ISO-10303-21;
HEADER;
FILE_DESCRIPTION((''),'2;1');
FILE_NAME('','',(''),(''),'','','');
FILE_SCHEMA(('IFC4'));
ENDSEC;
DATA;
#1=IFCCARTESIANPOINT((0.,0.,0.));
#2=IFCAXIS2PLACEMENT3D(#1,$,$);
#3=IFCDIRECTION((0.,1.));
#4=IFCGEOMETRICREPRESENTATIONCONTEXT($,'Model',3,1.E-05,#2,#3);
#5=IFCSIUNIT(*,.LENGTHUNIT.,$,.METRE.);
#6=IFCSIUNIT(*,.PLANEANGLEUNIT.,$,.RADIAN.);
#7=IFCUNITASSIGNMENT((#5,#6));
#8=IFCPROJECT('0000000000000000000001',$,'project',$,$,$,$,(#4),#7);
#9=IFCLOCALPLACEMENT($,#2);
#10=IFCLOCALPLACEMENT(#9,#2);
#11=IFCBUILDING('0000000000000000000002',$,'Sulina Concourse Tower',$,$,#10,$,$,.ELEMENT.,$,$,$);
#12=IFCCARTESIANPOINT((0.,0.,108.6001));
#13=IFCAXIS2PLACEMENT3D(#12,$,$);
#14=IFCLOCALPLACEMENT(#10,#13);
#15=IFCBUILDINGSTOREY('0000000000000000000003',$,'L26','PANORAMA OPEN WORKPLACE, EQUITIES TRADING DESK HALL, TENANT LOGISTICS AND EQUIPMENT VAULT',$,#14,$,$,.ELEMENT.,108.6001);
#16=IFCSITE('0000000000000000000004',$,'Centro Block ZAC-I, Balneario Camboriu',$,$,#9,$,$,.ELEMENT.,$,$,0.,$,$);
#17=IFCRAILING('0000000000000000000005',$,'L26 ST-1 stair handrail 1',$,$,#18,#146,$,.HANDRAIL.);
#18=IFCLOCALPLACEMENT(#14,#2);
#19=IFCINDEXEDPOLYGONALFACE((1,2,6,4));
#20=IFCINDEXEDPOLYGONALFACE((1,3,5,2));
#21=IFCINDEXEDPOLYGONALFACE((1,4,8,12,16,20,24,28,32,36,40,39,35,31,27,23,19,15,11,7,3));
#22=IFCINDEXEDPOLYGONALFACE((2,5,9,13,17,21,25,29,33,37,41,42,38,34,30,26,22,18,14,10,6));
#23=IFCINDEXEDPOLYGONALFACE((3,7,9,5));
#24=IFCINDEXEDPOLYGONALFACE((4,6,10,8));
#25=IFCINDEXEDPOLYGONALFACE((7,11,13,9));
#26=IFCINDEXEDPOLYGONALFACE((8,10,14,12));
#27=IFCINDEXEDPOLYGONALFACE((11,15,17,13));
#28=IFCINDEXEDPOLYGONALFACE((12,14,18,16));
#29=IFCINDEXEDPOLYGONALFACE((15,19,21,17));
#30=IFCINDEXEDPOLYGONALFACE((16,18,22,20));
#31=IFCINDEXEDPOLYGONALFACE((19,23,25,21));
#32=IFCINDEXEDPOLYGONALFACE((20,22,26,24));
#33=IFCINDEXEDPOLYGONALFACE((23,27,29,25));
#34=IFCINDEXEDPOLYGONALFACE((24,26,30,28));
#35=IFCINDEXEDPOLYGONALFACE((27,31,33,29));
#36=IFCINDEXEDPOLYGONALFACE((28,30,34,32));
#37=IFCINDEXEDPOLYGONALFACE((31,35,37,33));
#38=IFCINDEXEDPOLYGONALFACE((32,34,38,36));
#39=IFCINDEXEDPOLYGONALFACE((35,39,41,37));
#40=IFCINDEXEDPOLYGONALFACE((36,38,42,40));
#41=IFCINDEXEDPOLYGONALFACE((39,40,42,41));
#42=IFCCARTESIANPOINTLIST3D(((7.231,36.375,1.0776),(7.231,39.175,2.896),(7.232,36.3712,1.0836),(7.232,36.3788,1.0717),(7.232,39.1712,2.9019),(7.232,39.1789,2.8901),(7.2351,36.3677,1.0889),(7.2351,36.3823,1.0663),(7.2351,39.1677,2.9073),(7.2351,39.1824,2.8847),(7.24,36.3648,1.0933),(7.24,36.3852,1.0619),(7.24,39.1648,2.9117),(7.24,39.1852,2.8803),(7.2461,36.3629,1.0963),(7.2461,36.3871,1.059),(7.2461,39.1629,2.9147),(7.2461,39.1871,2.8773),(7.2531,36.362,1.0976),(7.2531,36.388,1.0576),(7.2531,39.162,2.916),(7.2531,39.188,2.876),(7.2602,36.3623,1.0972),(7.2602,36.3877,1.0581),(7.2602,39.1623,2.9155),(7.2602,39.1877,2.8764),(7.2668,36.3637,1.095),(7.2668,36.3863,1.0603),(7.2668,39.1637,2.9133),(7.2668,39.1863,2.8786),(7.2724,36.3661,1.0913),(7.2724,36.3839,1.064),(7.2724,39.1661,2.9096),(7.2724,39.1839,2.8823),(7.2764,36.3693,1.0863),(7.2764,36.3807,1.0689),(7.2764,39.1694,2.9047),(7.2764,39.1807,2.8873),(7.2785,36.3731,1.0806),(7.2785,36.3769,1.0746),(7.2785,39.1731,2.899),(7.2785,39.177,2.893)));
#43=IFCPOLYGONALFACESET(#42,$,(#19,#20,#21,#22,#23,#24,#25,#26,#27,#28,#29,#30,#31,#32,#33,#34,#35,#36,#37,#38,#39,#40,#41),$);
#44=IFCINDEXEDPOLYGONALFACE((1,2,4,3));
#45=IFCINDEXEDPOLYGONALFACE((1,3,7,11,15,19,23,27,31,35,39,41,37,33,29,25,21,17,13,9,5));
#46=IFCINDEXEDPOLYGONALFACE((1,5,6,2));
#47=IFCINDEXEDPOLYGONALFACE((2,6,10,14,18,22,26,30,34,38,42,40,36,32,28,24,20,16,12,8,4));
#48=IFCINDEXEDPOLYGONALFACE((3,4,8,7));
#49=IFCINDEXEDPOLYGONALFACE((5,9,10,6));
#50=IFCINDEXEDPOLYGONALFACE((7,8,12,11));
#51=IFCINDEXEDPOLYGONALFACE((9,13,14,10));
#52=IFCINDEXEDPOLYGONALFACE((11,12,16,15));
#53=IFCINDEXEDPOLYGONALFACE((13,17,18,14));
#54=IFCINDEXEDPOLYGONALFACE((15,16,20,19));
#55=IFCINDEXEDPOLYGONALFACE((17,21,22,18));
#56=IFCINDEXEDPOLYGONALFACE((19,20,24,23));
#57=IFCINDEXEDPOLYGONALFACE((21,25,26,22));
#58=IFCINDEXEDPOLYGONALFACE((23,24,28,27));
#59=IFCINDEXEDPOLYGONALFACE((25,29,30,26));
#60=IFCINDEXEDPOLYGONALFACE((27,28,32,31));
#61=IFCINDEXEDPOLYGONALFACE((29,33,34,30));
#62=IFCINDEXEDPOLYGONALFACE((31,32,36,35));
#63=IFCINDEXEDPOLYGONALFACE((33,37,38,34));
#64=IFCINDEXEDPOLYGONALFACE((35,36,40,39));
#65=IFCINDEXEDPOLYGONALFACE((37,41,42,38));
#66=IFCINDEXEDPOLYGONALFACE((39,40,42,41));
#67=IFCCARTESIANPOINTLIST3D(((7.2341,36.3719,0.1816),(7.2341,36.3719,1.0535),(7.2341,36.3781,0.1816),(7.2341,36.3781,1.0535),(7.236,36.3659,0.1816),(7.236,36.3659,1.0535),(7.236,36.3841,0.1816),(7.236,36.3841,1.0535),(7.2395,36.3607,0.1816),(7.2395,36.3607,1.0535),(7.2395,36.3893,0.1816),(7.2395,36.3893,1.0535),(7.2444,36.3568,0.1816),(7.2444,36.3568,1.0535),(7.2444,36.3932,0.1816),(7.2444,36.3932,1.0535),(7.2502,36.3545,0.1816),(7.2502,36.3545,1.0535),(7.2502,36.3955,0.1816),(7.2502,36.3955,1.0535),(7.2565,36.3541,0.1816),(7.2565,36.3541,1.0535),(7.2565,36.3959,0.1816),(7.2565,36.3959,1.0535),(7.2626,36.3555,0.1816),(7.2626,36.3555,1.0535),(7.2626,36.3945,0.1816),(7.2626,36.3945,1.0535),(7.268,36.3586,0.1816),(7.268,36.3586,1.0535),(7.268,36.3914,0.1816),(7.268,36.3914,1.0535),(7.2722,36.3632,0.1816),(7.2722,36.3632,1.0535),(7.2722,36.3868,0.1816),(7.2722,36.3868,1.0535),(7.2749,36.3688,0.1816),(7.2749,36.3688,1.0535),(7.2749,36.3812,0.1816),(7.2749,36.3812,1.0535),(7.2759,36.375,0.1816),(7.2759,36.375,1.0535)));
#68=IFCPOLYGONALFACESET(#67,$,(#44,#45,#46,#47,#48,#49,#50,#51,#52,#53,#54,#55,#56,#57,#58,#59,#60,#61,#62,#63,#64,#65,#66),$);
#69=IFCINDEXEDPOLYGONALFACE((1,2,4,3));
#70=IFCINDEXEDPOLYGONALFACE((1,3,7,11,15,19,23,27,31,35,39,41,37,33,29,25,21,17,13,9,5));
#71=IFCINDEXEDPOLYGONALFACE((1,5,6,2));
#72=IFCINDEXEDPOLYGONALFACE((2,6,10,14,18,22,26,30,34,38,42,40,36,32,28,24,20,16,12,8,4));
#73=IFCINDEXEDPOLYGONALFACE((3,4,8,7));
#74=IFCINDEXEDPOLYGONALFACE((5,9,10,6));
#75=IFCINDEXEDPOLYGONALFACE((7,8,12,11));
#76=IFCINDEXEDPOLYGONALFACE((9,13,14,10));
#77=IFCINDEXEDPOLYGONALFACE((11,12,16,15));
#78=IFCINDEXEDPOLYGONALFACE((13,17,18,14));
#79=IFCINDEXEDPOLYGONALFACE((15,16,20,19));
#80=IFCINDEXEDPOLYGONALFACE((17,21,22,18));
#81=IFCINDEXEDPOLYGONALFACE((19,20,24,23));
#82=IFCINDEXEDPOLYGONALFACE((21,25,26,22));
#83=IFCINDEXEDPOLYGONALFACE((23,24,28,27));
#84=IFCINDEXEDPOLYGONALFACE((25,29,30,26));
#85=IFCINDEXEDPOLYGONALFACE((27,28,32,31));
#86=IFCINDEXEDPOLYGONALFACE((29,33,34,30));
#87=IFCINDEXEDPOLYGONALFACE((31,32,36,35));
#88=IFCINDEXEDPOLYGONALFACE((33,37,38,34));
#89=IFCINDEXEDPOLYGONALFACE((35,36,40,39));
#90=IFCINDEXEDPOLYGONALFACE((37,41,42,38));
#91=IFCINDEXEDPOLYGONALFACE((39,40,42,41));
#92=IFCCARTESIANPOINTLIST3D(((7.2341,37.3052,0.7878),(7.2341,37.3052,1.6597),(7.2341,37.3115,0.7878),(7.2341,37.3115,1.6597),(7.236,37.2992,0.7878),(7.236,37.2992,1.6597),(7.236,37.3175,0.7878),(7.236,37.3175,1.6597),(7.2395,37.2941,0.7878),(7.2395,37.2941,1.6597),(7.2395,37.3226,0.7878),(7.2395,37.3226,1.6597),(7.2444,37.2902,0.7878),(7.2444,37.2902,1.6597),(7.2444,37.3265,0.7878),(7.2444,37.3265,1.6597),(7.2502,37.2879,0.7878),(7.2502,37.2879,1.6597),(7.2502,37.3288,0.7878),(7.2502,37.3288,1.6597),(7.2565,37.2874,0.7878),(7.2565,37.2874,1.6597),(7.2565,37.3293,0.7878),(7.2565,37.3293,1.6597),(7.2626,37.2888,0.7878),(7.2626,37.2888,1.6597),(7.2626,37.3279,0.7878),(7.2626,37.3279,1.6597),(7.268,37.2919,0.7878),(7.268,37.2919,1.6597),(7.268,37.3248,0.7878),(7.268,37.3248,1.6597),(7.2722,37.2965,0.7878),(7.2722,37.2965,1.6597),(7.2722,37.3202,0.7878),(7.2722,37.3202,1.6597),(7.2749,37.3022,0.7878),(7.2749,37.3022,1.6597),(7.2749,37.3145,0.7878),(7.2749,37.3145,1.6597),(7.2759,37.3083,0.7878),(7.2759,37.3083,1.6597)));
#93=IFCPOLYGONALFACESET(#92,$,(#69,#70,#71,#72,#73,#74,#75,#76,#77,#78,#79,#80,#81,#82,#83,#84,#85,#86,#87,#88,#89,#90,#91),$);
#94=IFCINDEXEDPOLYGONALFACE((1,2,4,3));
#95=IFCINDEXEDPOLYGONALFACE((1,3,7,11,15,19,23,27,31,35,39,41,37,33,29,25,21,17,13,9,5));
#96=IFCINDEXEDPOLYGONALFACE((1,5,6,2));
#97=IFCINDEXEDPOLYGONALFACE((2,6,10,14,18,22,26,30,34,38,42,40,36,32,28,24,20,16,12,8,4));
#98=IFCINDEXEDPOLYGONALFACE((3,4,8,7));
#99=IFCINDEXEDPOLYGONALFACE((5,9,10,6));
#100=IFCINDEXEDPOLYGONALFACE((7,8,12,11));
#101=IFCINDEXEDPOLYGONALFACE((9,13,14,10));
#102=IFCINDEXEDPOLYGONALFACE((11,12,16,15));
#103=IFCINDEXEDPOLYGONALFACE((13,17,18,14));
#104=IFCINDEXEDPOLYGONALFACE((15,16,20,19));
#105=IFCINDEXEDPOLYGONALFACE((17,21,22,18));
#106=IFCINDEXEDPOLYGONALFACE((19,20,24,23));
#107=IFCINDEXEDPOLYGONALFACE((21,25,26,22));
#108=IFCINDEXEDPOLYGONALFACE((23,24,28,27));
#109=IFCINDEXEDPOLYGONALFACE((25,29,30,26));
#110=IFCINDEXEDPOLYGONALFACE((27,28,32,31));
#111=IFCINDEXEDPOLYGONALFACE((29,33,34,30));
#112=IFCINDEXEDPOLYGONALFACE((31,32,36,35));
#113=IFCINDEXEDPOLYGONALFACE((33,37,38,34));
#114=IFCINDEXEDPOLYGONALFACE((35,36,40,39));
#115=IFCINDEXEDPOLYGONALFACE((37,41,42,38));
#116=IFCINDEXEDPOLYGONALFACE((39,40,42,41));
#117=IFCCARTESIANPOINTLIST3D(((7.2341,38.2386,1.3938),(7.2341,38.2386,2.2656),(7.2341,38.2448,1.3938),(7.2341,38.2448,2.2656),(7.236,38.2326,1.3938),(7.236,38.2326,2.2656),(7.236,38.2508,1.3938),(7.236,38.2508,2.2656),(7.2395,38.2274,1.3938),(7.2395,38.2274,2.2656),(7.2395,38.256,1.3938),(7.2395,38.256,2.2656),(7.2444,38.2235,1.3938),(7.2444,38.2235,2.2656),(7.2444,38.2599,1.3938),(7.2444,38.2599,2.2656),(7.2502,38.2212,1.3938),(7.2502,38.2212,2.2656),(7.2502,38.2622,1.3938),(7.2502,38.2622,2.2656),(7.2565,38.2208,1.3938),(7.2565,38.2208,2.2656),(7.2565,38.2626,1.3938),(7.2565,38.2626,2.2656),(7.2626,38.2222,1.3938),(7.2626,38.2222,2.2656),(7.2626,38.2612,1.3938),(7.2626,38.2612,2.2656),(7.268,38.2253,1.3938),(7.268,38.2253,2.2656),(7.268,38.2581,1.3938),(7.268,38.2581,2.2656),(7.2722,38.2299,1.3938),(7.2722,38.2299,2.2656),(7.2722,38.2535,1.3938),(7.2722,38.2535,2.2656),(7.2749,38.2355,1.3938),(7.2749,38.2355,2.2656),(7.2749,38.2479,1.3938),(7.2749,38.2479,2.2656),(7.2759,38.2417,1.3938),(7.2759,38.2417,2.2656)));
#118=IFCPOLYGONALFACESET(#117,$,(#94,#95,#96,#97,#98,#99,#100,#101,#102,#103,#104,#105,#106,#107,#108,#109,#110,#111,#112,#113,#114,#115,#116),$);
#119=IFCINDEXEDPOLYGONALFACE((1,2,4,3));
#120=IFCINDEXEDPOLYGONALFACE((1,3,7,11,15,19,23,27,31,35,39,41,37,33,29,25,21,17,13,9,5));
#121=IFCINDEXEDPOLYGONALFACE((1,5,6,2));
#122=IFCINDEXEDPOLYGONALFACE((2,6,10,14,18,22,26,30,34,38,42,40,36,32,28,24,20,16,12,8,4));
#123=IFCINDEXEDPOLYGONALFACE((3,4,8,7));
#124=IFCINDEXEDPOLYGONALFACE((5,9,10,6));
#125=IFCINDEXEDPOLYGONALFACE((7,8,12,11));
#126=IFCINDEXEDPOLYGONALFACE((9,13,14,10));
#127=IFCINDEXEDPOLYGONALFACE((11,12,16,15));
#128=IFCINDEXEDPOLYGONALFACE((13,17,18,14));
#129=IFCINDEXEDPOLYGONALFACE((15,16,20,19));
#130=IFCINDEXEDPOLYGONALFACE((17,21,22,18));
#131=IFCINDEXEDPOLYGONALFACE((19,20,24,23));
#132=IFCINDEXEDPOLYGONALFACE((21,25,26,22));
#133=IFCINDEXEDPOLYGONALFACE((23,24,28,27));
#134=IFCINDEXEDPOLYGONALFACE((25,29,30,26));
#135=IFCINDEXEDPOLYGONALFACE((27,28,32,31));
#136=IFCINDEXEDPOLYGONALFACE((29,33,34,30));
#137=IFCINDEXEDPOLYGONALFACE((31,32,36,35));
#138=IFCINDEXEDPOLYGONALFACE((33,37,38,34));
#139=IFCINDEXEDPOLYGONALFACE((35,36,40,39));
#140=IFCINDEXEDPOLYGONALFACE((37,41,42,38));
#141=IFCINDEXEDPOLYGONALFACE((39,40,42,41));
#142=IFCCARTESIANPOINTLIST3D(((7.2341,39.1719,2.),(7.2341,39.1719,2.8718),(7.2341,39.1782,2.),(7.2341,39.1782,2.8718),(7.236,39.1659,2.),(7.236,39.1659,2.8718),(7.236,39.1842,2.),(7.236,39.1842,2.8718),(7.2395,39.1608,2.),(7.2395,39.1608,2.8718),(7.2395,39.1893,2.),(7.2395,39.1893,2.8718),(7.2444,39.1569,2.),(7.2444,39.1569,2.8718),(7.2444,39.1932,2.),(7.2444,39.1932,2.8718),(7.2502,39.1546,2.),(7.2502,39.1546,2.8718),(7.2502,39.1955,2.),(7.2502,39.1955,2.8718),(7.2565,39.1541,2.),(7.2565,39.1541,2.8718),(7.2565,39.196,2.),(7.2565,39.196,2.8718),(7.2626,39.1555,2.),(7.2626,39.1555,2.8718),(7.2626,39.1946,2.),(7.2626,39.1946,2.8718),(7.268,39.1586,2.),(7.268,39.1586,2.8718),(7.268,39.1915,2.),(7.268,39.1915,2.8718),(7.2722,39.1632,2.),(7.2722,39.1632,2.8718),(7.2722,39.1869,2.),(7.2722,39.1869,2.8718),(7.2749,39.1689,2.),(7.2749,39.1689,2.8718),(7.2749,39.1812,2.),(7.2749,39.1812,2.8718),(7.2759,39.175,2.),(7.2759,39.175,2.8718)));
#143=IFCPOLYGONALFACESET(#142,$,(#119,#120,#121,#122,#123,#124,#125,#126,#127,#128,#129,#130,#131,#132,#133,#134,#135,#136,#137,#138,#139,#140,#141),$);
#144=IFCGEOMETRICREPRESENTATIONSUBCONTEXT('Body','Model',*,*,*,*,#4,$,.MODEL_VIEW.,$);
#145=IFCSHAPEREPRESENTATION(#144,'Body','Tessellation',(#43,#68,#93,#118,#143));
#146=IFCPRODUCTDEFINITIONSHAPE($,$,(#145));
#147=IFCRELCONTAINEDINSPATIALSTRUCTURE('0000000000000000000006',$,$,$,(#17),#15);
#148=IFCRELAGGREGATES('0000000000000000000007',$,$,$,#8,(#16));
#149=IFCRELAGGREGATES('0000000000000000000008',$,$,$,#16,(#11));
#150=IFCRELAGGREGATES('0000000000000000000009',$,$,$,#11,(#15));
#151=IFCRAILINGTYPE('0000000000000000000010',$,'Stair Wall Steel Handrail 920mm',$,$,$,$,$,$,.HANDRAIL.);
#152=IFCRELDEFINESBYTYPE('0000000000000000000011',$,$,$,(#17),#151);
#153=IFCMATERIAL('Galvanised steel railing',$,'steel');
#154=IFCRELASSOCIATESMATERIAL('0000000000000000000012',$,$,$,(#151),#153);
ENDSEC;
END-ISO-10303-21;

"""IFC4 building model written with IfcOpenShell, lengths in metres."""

from ifc_helpers import new_model, si_unit, direction, frame, origin, origin_2d, place, context, subcontext, project, spatial, circle, extrude, material, type_object, element, save


model = new_model("IFC4")

# Units and contexts
model_context = context("Model", 3, precision=1e-05, world=origin(), true_north=direction((0.0, 1.0)))
body_context = subcontext(model_context, "Body", "Model", "MODEL_VIEW")
ifc_project = project(units=[si_unit("LENGTHUNIT", "METRE"), si_unit("PLANEANGLEUNIT", "RADIAN")], contexts=[model_context])

# Site, building, storey
site_placement = place(None, origin())
site = spatial("IfcSite", under=ifc_project, at=site_placement, Name="Centro Block ZAC-I, Balneario Camboriu", CompositionType="ELEMENT", RefElevation=0.0)
building_placement = place(site_placement, origin())
building = spatial("IfcBuilding", under=site, at=building_placement, Name="Sulina Concourse Tower", CompositionType="ELEMENT")
storey_placement = place(building_placement, frame((0.0, 0.0, 108.6001)))
storey = spatial("IfcBuildingStorey", under=building, at=storey_placement, Name="L26", Description="PANORAMA OPEN WORKPLACE, EQUITIES TRADING DESK HALL, TENANT LOGISTICS AND EQUIPMENT VAULT", CompositionType="ELEMENT", Elevation=108.6001)

# Railing
ifc_material_1 = material(Name="Galvanised steel railing", Category="steel")
railing_type_1 = type_object("IfcRailingType", Name="Stair Wall Steel Handrail 920mm", PredefinedType="HANDRAIL", material=ifc_material_1)
railing_1_placement = place(storey_placement, frame((7.2549, 36.375, 0.1816)))
element("IfcRailing", 1, at=railing_1_placement, inside=storey, type_object=railing_type_1, Name="L26 ST-1 stair handrail 1", PredefinedType="HANDRAIL", context=body_context, shape_type="SweptSolid", body=[
    extrude(circle(Radius=0.0239, at=origin_2d()), frame((0.0, 0.0, 0.896), z_axis=(0.0, 0.838672, 0.544636), x_axis=(-1.0, 0.0, 0.0)), (0.0, 0.0, 1.0), 3.3386),
    extrude(circle(Radius=0.021, at=origin_2d()), origin(), (0.0, 0.0, 1.0), 0.8718),
    extrude(circle(Radius=0.021, at=origin_2d()), frame((0.0, 0.9333, 0.6062)), (0.0, 0.0, 1.0), 0.8718),
    extrude(circle(Radius=0.021, at=origin_2d()), frame((0.0, 1.8667, 1.2122)), (0.0, 0.0, 1.0), 0.8718),
    extrude(circle(Radius=0.021, at=origin_2d()), frame((0.0, 2.8, 1.8184)), (0.0, 0.0, 1.0), 0.8718),
])

save(model, "model.ifc")
